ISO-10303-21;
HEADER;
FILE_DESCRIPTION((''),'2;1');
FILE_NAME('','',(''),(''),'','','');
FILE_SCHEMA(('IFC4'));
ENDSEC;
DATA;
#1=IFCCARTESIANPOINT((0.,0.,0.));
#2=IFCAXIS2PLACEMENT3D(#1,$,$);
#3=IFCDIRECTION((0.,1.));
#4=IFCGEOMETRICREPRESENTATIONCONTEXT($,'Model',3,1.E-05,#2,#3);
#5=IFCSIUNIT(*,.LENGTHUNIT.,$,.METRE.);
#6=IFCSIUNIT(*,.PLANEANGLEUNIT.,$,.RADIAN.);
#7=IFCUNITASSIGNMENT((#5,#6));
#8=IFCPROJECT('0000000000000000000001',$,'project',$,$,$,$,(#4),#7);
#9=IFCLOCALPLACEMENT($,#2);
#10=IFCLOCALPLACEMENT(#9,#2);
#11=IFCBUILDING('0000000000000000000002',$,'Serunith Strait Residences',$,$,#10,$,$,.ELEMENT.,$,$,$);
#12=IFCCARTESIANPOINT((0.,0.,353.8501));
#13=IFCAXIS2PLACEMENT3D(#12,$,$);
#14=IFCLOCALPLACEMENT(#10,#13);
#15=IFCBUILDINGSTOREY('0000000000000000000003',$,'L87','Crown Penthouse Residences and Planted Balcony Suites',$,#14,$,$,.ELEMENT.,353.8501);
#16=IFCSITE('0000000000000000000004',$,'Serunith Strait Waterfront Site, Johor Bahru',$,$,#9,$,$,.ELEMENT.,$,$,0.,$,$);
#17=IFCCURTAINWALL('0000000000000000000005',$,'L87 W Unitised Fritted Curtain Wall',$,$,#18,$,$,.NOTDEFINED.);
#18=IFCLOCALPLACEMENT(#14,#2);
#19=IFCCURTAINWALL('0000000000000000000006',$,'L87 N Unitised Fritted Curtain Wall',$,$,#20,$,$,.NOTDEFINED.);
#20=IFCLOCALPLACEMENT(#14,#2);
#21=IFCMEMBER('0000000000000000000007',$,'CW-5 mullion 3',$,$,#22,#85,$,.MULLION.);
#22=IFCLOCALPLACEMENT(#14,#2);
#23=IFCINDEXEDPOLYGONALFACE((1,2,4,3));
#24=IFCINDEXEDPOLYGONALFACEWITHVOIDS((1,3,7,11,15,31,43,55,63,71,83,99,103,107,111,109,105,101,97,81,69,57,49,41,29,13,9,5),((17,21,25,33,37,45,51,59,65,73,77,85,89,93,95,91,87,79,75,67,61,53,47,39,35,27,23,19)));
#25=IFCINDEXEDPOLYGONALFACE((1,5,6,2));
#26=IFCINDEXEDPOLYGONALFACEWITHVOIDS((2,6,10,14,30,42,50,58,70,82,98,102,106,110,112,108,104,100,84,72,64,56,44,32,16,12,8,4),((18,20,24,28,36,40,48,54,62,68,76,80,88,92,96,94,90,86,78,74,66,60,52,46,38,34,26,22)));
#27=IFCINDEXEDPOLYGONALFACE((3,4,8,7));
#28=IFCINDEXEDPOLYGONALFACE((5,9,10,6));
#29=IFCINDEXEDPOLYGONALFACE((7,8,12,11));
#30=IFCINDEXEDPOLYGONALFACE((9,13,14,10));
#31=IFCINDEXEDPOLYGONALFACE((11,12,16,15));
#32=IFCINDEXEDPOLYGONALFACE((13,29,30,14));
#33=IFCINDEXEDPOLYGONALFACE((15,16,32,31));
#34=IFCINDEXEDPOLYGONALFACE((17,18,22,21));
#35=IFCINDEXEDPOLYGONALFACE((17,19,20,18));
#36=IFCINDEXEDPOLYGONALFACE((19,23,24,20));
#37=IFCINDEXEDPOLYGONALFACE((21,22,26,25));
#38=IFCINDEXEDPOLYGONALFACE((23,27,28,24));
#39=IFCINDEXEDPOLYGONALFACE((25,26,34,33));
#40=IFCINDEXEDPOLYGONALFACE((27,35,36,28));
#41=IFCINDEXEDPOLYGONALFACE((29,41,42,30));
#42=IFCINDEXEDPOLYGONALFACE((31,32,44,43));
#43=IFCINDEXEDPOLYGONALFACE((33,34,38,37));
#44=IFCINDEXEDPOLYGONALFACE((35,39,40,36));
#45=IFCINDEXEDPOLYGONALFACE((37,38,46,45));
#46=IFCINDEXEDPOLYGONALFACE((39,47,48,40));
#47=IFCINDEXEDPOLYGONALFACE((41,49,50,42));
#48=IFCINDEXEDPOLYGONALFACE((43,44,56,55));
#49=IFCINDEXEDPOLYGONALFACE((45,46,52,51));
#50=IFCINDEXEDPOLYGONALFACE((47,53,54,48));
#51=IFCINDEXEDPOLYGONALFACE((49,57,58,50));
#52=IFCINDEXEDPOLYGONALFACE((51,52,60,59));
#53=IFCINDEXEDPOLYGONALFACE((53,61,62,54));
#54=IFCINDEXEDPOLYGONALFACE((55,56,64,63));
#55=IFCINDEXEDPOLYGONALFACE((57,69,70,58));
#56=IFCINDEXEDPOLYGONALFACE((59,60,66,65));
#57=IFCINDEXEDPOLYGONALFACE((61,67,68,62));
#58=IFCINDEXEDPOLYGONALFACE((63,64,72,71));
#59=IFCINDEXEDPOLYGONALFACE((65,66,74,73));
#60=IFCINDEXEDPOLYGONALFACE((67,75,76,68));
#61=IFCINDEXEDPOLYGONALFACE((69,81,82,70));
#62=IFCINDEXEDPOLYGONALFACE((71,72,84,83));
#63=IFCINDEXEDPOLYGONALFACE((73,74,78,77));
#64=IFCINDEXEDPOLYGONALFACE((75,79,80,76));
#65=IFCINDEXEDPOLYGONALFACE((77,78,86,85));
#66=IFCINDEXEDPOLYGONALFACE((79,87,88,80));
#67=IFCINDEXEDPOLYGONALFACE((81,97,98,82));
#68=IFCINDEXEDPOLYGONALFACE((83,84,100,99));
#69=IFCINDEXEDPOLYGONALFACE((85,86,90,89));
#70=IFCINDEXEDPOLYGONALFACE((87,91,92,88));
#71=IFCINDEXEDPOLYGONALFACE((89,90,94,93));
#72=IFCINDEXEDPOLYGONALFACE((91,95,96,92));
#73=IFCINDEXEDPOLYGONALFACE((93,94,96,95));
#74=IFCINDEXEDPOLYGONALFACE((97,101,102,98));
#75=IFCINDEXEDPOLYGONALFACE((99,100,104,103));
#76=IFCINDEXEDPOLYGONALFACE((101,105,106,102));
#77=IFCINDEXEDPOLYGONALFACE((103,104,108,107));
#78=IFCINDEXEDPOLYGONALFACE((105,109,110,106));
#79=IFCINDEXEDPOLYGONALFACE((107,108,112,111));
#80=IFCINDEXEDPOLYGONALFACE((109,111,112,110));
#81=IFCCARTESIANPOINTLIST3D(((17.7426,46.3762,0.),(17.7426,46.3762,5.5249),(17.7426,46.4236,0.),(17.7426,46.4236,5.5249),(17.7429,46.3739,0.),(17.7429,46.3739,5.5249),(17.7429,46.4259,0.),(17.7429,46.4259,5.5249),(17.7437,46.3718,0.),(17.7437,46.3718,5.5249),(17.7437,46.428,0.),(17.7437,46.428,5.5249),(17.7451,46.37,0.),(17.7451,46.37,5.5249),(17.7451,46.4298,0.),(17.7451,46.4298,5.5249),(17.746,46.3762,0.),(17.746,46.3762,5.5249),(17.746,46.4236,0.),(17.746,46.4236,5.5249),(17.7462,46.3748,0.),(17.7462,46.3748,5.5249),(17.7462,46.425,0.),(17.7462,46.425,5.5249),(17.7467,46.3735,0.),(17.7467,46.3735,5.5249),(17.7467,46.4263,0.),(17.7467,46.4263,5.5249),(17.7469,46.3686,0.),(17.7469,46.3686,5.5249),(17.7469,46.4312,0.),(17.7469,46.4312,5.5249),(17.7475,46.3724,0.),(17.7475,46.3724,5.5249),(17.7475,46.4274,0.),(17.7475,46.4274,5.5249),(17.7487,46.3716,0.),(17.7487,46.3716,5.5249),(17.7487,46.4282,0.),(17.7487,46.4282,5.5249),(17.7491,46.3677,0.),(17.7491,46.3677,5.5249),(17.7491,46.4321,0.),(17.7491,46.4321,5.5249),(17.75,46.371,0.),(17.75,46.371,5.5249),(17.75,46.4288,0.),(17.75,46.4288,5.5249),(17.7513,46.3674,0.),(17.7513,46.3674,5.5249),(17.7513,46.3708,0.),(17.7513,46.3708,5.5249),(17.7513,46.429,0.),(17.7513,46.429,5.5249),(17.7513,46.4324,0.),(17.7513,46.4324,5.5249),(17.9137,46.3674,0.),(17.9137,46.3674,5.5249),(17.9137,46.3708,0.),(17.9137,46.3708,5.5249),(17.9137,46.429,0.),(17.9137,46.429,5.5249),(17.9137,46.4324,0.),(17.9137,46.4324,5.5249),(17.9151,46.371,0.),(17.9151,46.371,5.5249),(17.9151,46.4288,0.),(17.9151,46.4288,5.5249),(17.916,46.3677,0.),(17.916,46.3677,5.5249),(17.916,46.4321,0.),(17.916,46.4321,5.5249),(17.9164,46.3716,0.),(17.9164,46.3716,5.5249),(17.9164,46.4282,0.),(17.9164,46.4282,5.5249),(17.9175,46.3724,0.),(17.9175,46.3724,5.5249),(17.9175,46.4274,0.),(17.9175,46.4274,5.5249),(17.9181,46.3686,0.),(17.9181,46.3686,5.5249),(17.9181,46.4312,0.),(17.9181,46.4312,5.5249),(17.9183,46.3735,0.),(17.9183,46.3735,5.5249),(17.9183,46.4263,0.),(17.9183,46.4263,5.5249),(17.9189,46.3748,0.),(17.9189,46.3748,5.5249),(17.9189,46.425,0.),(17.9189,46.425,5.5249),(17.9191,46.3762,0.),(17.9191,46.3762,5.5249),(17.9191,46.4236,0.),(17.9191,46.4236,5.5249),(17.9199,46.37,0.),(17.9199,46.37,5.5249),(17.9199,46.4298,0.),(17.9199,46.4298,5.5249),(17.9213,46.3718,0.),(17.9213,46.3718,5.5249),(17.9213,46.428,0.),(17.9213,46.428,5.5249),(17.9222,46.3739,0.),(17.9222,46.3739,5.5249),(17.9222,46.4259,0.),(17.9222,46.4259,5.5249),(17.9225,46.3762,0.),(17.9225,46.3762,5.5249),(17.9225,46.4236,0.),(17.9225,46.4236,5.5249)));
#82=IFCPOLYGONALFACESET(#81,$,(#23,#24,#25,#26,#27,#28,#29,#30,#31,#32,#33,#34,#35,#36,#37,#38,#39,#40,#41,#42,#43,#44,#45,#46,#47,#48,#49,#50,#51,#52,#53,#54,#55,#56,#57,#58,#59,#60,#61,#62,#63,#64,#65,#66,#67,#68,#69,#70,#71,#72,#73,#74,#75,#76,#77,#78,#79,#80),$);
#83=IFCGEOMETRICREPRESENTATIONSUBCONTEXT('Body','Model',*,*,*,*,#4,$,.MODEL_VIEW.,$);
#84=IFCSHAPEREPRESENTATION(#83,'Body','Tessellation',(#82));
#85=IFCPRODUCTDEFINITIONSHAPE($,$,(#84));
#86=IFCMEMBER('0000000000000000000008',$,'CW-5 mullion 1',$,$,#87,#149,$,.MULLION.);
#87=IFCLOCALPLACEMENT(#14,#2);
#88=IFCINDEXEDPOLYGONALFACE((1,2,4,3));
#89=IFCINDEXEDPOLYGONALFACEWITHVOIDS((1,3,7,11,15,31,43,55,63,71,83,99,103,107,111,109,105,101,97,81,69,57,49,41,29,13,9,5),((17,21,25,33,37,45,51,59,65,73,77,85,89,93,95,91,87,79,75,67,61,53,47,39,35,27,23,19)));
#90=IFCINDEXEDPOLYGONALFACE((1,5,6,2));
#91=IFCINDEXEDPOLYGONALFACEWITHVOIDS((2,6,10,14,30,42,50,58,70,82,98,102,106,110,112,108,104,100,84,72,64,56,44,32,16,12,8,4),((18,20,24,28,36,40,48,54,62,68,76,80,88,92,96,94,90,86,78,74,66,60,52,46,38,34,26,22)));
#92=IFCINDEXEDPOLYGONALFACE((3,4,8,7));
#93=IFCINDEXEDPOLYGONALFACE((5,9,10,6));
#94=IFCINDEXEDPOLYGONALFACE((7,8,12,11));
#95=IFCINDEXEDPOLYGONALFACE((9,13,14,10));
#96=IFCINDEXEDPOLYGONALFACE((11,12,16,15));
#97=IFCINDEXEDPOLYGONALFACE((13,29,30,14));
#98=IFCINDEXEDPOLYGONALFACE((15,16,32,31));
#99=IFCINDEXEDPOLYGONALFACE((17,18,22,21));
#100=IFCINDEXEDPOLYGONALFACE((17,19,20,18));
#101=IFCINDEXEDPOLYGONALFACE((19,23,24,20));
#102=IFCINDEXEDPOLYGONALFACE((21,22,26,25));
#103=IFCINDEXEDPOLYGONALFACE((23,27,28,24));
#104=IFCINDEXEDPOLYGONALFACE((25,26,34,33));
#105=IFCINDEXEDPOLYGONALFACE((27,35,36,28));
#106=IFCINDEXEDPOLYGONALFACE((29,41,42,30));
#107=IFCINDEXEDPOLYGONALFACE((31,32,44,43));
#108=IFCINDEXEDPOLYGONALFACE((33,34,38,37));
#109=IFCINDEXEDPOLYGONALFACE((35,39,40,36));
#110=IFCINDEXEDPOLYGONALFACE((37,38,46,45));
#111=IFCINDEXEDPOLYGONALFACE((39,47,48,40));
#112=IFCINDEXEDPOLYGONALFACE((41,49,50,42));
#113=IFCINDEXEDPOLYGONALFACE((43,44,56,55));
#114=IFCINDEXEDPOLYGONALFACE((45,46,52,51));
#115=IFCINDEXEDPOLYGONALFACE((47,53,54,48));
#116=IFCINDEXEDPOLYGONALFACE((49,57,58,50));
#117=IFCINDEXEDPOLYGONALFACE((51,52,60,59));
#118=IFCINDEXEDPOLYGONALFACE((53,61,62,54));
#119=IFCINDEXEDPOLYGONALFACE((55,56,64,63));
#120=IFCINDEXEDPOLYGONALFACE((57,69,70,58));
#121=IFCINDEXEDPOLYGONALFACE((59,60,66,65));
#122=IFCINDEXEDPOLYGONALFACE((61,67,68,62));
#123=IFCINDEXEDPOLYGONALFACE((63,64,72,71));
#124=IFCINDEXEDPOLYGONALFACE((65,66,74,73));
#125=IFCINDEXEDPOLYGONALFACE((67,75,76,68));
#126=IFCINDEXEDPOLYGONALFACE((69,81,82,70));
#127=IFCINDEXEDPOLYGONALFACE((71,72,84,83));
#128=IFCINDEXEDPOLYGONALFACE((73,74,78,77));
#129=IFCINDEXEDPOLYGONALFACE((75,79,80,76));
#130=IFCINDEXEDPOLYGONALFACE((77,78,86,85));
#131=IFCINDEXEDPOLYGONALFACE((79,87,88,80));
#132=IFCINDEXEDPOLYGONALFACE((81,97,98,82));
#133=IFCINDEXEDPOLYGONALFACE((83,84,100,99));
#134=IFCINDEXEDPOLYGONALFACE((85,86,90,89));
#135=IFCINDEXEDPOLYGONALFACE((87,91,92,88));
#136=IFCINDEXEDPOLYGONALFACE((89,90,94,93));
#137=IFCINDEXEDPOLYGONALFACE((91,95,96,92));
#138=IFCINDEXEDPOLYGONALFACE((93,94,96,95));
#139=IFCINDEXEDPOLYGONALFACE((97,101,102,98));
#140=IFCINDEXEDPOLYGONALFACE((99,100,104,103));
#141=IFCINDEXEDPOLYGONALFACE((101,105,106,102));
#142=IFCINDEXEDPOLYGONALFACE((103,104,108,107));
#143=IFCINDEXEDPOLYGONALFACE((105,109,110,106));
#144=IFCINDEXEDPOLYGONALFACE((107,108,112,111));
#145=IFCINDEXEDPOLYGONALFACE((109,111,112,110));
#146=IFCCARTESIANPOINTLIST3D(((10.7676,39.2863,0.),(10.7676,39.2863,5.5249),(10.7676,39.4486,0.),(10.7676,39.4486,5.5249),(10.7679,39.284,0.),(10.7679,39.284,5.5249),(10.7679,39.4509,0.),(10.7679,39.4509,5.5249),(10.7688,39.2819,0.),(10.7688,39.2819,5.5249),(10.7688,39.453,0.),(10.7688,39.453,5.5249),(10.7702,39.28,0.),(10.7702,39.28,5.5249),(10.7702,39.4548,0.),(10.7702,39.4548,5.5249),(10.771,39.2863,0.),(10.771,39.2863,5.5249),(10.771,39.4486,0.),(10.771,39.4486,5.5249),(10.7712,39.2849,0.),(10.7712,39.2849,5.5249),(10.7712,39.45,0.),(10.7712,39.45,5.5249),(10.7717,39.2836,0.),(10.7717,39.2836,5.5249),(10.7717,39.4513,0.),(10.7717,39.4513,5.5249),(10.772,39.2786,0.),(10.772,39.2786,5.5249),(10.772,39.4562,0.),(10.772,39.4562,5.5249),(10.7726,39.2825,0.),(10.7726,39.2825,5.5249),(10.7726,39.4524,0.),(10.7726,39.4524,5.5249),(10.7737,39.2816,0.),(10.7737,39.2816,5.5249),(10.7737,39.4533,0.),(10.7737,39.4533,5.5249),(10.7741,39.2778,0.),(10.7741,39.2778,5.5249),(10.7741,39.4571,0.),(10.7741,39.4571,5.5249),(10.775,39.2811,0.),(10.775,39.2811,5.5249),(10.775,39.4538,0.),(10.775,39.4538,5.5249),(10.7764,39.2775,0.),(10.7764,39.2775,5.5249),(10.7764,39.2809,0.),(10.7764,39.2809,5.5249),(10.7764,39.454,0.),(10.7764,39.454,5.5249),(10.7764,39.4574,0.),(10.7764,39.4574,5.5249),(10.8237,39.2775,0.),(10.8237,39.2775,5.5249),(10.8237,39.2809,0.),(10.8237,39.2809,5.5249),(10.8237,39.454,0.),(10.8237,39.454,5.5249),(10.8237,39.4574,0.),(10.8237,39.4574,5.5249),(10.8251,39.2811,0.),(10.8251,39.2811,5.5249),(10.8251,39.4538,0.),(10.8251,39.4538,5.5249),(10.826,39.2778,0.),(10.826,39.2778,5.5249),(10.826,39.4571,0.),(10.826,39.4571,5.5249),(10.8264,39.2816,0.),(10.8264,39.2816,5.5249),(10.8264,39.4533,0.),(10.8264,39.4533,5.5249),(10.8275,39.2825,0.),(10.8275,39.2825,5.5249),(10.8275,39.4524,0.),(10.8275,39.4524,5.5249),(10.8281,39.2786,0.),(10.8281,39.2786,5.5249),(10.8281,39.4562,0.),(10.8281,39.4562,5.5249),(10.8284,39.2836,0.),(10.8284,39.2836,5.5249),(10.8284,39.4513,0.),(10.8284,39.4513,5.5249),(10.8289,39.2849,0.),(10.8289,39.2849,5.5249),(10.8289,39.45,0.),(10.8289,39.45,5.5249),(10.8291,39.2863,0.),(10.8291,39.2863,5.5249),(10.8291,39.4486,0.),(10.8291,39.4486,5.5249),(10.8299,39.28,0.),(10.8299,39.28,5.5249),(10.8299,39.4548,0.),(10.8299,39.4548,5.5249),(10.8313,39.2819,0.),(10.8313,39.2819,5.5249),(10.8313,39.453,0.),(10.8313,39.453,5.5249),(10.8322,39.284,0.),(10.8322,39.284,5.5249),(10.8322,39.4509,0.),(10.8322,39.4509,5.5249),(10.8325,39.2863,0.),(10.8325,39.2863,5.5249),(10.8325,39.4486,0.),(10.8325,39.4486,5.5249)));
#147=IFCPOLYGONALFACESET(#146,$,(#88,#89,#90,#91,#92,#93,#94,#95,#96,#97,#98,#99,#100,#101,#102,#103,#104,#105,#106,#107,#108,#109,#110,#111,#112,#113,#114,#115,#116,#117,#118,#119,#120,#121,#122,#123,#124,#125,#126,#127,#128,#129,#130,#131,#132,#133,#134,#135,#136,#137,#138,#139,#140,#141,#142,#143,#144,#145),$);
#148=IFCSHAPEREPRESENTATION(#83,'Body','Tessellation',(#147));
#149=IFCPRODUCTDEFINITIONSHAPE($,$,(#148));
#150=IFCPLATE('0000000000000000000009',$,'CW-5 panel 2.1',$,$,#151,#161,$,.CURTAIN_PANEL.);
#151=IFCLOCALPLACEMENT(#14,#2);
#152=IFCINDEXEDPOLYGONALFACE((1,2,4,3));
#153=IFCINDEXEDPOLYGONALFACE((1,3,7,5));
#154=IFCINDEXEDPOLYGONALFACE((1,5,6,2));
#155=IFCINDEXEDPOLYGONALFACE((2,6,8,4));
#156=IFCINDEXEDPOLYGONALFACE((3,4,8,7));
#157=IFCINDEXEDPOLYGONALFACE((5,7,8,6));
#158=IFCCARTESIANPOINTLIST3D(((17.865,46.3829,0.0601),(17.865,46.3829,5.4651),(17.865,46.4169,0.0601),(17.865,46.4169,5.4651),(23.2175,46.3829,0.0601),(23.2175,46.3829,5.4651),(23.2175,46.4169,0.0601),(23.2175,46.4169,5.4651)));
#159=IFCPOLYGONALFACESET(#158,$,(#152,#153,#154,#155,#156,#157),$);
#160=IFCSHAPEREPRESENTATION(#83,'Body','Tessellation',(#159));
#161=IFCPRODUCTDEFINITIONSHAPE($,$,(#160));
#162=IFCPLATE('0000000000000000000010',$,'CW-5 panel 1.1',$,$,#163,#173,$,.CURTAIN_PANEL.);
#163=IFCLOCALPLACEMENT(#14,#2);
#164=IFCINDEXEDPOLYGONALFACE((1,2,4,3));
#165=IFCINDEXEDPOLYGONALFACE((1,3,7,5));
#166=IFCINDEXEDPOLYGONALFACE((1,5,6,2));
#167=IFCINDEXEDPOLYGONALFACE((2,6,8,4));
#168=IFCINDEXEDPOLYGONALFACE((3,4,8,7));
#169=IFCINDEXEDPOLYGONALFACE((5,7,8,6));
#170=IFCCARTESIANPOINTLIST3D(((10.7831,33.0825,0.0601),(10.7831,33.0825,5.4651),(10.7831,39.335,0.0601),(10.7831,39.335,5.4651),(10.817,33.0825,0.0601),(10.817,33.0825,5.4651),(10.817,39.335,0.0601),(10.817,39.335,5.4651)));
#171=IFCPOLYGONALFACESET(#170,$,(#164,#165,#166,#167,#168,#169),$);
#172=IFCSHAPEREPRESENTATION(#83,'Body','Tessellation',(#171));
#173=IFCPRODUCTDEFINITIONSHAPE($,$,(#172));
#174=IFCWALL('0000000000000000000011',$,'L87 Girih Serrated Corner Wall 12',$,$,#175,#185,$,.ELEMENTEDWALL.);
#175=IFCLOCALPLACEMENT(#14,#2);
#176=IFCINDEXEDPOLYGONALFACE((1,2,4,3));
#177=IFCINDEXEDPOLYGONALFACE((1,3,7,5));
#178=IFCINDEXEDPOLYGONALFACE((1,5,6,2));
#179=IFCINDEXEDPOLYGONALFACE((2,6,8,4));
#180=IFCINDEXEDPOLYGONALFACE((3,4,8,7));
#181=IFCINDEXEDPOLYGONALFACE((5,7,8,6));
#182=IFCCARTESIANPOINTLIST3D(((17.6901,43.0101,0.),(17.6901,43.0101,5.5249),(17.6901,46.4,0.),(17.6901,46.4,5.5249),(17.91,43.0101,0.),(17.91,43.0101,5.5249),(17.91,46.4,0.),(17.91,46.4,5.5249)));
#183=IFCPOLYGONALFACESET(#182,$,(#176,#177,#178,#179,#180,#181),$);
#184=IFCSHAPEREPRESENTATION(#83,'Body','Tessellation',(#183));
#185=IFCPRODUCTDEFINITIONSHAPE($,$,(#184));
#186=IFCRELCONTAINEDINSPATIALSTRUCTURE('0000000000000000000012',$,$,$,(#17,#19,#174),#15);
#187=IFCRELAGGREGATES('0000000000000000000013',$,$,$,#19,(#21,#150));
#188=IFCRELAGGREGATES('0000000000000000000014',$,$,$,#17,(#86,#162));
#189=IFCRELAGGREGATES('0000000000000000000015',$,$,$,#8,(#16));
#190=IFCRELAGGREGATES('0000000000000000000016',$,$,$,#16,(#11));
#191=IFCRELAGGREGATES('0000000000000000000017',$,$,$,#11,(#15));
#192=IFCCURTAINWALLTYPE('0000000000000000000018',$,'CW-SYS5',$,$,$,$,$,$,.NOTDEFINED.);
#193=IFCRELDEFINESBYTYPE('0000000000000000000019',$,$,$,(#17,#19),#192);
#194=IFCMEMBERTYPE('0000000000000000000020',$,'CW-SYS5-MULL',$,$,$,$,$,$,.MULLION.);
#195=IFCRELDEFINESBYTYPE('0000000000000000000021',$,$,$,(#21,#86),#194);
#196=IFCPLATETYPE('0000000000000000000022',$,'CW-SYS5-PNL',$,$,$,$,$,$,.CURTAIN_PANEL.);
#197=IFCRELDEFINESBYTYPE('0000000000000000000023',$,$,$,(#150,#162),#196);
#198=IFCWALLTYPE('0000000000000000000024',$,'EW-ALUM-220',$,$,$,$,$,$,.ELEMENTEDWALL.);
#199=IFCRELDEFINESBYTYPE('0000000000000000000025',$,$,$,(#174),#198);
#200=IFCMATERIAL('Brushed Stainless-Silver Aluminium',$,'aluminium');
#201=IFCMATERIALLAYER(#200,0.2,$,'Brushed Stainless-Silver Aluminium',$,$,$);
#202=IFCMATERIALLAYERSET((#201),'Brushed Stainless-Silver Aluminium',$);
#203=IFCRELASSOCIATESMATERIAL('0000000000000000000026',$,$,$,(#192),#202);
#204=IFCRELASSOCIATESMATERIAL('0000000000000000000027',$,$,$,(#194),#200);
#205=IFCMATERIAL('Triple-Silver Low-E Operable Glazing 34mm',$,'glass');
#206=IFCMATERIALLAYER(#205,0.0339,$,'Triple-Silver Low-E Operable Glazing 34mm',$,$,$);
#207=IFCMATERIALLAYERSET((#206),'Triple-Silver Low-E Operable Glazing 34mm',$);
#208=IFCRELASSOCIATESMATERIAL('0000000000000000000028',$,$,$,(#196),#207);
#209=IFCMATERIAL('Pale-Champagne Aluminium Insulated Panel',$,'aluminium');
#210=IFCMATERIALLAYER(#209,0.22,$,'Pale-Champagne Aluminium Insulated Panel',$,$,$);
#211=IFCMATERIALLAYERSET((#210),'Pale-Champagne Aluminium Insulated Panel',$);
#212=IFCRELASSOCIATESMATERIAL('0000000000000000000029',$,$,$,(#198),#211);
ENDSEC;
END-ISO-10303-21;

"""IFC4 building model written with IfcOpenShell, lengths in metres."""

from ifc_helpers import new_model, si_unit, direction, frame, frame_2d, origin, origin_2d, place, context, subcontext, project, spatial, rectangle, hollow_rectangle, extrude, source, transform, mapped, material, layer, layer_set, material_profile, profile_set, type_object, element, aggregate, save


model = new_model("IFC4")

# Units and contexts
model_context = context("Model", 3, precision=1e-05, world=origin(), true_north=direction((0.0, 1.0)))
body_context = subcontext(model_context, "Body", "Model", "MODEL_VIEW")
ifc_project = project(units=[si_unit("LENGTHUNIT", "METRE"), si_unit("PLANEANGLEUNIT", "RADIAN")], contexts=[model_context])

# Site, building, storey
site_placement = place(None, origin())
site = spatial("IfcSite", under=ifc_project, at=site_placement, Name="Serunith Strait Waterfront Site, Johor Bahru", CompositionType="ELEMENT", RefElevation=0.0)
building_placement = place(site_placement, origin())
building = spatial("IfcBuilding", under=site, at=building_placement, Name="Serunith Strait Residences", CompositionType="ELEMENT")
storey_placement = place(building_placement, frame((0.0, 0.0, 353.8501)))
storey = spatial("IfcBuildingStorey", under=building, at=storey_placement, Name="L87", Description="Crown Penthouse Residences and Planted Balcony Suites", CompositionType="ELEMENT", Elevation=353.8501)

# Curtain wall
ifc_material_1 = material(Name="Brushed Stainless-Silver Aluminium", Category="aluminium")
ifc_layer_1 = layer(ifc_material_1, 0.2, Name="Brushed Stainless-Silver Aluminium")
ifc_layer_set_1 = layer_set([ifc_layer_1], Name="Brushed Stainless-Silver Aluminium")
curtain_wall_type = type_object("IfcCurtainWallType", Name="CW-SYS5", PredefinedType="NOTDEFINED", material=ifc_layer_set_1)
curtain_wall_1_placement = place(storey_placement, origin())
curtain_wall_1 = element("IfcCurtainWall", 1, at=curtain_wall_1_placement, inside=storey, type_object=curtain_wall_type, Name="L87 W Unitised Fritted Curtain Wall", PredefinedType="NOTDEFINED")

# Curtain wall, member
curtain_wall_2_placement = place(storey_placement, origin())
curtain_wall_2 = element("IfcCurtainWall", 2, at=curtain_wall_2_placement, inside=storey, type_object=curtain_wall_type, Name="L87 N Unitised Fritted Curtain Wall", PredefinedType="NOTDEFINED")
ifc_material_profile_1 = material_profile(ifc_material_1, hollow_rectangle(XDim=0.0649, YDim=0.1799, WallThickness=0.0034, InnerFilletRadius=0.0054, OuterFilletRadius=0.0088, at=origin_2d()), Name="ALU 180x65x3.5")
ifc_profile_set_1 = profile_set([ifc_material_profile_1], Name="Brushed Stainless-Silver Aluminium")
member_type_1 = type_object("IfcMemberType", Name="CW-SYS5-MULL", PredefinedType="MULLION", material=ifc_profile_set_1)
shared_shape_1 = source(origin(), body_context, "Body", "SweptSolid", [
    extrude(hollow_rectangle(XDim=0.0649, YDim=0.1799, WallThickness=0.0034, InnerFilletRadius=0.0054, OuterFilletRadius=0.0088, at=origin_2d()), origin(), (0.0, 0.0, 1.0), 5.5249),
])
member_1_placement = place(storey_placement, frame((17.8325, 46.3999, 0.0), z_axis=(0.0, 0.0, 1.0), x_axis=(0.0, -1.0, 0.0)))
member_1 = element("IfcMember", 3, at=member_1_placement, type_object=member_type_1, Name="CW-5 mullion 3", PredefinedType="MULLION", context=body_context, shape_type="MappedRepresentation", body=[
    mapped(shared_shape_1, transform((0.0, 0.0, 0.0), scale=1.0)),
])

# Member
member_2_placement = place(storey_placement, frame((10.8, 39.3674, 0.0), z_axis=(0.0, 0.0, 1.0), x_axis=(1.0, 0.0, 0.0)))
member_2 = element("IfcMember", 4, at=member_2_placement, type_object=member_type_1, Name="CW-5 mullion 1", PredefinedType="MULLION", context=body_context, shape_type="MappedRepresentation", body=[
    mapped(shared_shape_1, transform((0.0, 0.0, 0.0), scale=1.0)),
])

# Plates
ifc_material_2 = material(Name="Triple-Silver Low-E Operable Glazing 34mm", Category="glass")
ifc_layer_2 = layer(ifc_material_2, 0.0339, Name="Triple-Silver Low-E Operable Glazing 34mm")
ifc_layer_set_2 = layer_set([ifc_layer_2], Name="Triple-Silver Low-E Operable Glazing 34mm")
plate_type = type_object("IfcPlateType", Name="CW-SYS5-PNL", PredefinedType="CURTAIN_PANEL", material=ifc_layer_set_2)
shared_shape_2 = source(origin(), body_context, "Body", "SweptSolid", [
    extrude(rectangle(XDim=5.3525, YDim=0.0339, at=origin_2d()), origin(), (0.0, 0.0, 1.0), 5.405),
])
plate_1_placement = place(storey_placement, frame((20.5413, 46.3999, 0.0601), z_axis=(0.0, 0.0, 1.0), x_axis=(-1.0, 0.0, 0.0)))
plate_1 = element("IfcPlate", 5, at=plate_1_placement, type_object=plate_type, Name="CW-5 panel 2.1", PredefinedType="CURTAIN_PANEL", context=body_context, shape_type="MappedRepresentation", body=[
    mapped(shared_shape_2, transform((0.0, 0.0, 0.0), scale=1.0)),
])
aggregate(curtain_wall_2, [member_1, plate_1])
shared_shape_3 = source(origin(), body_context, "Body", "SweptSolid", [
    extrude(rectangle(XDim=6.2524, YDim=0.0339, at=origin_2d()), origin(), (0.0, 0.0, 1.0), 5.405),
])
plate_2_placement = place(storey_placement, frame((10.8, 36.2087, 0.0601), z_axis=(0.0, 0.0, 1.0), x_axis=(0.0, -1.0, 0.0)))
plate_2 = element("IfcPlate", 6, at=plate_2_placement, type_object=plate_type, Name="CW-5 panel 1.1", PredefinedType="CURTAIN_PANEL", context=body_context, shape_type="MappedRepresentation", body=[
    mapped(shared_shape_3, transform((0.0, 0.0, 0.0), scale=1.0)),
])
aggregate(curtain_wall_1, [member_2, plate_2])

# Wall
ifc_material_3 = material(Name="Pale-Champagne Aluminium Insulated Panel", Category="aluminium")
ifc_layer_3 = layer(ifc_material_3, 0.22, Name="Pale-Champagne Aluminium Insulated Panel")
ifc_layer_set_3 = layer_set([ifc_layer_3], Name="Pale-Champagne Aluminium Insulated Panel")
wall_type = type_object("IfcWallType", Name="EW-ALUM-220", PredefinedType="ELEMENTEDWALL", material=ifc_layer_set_3)
wall_1_placement = place(storey_placement, frame((17.8, 46.3999, 0.0), z_axis=(0.0, 0.0, 1.0), x_axis=(0.0, -1.0, 0.0)))
element("IfcWall", 7, at=wall_1_placement, inside=storey, type_object=wall_type, Name="L87 Girih Serrated Corner Wall 12", PredefinedType="ELEMENTEDWALL", context=body_context, shape_type="SweptSolid", body=[
    extrude(rectangle(XDim=3.3899, YDim=0.22, at=frame_2d((1.6948, 0.0))), origin(), (0.0, 0.0, 1.0), 5.5249),
])

save(model, "model.ifc")
